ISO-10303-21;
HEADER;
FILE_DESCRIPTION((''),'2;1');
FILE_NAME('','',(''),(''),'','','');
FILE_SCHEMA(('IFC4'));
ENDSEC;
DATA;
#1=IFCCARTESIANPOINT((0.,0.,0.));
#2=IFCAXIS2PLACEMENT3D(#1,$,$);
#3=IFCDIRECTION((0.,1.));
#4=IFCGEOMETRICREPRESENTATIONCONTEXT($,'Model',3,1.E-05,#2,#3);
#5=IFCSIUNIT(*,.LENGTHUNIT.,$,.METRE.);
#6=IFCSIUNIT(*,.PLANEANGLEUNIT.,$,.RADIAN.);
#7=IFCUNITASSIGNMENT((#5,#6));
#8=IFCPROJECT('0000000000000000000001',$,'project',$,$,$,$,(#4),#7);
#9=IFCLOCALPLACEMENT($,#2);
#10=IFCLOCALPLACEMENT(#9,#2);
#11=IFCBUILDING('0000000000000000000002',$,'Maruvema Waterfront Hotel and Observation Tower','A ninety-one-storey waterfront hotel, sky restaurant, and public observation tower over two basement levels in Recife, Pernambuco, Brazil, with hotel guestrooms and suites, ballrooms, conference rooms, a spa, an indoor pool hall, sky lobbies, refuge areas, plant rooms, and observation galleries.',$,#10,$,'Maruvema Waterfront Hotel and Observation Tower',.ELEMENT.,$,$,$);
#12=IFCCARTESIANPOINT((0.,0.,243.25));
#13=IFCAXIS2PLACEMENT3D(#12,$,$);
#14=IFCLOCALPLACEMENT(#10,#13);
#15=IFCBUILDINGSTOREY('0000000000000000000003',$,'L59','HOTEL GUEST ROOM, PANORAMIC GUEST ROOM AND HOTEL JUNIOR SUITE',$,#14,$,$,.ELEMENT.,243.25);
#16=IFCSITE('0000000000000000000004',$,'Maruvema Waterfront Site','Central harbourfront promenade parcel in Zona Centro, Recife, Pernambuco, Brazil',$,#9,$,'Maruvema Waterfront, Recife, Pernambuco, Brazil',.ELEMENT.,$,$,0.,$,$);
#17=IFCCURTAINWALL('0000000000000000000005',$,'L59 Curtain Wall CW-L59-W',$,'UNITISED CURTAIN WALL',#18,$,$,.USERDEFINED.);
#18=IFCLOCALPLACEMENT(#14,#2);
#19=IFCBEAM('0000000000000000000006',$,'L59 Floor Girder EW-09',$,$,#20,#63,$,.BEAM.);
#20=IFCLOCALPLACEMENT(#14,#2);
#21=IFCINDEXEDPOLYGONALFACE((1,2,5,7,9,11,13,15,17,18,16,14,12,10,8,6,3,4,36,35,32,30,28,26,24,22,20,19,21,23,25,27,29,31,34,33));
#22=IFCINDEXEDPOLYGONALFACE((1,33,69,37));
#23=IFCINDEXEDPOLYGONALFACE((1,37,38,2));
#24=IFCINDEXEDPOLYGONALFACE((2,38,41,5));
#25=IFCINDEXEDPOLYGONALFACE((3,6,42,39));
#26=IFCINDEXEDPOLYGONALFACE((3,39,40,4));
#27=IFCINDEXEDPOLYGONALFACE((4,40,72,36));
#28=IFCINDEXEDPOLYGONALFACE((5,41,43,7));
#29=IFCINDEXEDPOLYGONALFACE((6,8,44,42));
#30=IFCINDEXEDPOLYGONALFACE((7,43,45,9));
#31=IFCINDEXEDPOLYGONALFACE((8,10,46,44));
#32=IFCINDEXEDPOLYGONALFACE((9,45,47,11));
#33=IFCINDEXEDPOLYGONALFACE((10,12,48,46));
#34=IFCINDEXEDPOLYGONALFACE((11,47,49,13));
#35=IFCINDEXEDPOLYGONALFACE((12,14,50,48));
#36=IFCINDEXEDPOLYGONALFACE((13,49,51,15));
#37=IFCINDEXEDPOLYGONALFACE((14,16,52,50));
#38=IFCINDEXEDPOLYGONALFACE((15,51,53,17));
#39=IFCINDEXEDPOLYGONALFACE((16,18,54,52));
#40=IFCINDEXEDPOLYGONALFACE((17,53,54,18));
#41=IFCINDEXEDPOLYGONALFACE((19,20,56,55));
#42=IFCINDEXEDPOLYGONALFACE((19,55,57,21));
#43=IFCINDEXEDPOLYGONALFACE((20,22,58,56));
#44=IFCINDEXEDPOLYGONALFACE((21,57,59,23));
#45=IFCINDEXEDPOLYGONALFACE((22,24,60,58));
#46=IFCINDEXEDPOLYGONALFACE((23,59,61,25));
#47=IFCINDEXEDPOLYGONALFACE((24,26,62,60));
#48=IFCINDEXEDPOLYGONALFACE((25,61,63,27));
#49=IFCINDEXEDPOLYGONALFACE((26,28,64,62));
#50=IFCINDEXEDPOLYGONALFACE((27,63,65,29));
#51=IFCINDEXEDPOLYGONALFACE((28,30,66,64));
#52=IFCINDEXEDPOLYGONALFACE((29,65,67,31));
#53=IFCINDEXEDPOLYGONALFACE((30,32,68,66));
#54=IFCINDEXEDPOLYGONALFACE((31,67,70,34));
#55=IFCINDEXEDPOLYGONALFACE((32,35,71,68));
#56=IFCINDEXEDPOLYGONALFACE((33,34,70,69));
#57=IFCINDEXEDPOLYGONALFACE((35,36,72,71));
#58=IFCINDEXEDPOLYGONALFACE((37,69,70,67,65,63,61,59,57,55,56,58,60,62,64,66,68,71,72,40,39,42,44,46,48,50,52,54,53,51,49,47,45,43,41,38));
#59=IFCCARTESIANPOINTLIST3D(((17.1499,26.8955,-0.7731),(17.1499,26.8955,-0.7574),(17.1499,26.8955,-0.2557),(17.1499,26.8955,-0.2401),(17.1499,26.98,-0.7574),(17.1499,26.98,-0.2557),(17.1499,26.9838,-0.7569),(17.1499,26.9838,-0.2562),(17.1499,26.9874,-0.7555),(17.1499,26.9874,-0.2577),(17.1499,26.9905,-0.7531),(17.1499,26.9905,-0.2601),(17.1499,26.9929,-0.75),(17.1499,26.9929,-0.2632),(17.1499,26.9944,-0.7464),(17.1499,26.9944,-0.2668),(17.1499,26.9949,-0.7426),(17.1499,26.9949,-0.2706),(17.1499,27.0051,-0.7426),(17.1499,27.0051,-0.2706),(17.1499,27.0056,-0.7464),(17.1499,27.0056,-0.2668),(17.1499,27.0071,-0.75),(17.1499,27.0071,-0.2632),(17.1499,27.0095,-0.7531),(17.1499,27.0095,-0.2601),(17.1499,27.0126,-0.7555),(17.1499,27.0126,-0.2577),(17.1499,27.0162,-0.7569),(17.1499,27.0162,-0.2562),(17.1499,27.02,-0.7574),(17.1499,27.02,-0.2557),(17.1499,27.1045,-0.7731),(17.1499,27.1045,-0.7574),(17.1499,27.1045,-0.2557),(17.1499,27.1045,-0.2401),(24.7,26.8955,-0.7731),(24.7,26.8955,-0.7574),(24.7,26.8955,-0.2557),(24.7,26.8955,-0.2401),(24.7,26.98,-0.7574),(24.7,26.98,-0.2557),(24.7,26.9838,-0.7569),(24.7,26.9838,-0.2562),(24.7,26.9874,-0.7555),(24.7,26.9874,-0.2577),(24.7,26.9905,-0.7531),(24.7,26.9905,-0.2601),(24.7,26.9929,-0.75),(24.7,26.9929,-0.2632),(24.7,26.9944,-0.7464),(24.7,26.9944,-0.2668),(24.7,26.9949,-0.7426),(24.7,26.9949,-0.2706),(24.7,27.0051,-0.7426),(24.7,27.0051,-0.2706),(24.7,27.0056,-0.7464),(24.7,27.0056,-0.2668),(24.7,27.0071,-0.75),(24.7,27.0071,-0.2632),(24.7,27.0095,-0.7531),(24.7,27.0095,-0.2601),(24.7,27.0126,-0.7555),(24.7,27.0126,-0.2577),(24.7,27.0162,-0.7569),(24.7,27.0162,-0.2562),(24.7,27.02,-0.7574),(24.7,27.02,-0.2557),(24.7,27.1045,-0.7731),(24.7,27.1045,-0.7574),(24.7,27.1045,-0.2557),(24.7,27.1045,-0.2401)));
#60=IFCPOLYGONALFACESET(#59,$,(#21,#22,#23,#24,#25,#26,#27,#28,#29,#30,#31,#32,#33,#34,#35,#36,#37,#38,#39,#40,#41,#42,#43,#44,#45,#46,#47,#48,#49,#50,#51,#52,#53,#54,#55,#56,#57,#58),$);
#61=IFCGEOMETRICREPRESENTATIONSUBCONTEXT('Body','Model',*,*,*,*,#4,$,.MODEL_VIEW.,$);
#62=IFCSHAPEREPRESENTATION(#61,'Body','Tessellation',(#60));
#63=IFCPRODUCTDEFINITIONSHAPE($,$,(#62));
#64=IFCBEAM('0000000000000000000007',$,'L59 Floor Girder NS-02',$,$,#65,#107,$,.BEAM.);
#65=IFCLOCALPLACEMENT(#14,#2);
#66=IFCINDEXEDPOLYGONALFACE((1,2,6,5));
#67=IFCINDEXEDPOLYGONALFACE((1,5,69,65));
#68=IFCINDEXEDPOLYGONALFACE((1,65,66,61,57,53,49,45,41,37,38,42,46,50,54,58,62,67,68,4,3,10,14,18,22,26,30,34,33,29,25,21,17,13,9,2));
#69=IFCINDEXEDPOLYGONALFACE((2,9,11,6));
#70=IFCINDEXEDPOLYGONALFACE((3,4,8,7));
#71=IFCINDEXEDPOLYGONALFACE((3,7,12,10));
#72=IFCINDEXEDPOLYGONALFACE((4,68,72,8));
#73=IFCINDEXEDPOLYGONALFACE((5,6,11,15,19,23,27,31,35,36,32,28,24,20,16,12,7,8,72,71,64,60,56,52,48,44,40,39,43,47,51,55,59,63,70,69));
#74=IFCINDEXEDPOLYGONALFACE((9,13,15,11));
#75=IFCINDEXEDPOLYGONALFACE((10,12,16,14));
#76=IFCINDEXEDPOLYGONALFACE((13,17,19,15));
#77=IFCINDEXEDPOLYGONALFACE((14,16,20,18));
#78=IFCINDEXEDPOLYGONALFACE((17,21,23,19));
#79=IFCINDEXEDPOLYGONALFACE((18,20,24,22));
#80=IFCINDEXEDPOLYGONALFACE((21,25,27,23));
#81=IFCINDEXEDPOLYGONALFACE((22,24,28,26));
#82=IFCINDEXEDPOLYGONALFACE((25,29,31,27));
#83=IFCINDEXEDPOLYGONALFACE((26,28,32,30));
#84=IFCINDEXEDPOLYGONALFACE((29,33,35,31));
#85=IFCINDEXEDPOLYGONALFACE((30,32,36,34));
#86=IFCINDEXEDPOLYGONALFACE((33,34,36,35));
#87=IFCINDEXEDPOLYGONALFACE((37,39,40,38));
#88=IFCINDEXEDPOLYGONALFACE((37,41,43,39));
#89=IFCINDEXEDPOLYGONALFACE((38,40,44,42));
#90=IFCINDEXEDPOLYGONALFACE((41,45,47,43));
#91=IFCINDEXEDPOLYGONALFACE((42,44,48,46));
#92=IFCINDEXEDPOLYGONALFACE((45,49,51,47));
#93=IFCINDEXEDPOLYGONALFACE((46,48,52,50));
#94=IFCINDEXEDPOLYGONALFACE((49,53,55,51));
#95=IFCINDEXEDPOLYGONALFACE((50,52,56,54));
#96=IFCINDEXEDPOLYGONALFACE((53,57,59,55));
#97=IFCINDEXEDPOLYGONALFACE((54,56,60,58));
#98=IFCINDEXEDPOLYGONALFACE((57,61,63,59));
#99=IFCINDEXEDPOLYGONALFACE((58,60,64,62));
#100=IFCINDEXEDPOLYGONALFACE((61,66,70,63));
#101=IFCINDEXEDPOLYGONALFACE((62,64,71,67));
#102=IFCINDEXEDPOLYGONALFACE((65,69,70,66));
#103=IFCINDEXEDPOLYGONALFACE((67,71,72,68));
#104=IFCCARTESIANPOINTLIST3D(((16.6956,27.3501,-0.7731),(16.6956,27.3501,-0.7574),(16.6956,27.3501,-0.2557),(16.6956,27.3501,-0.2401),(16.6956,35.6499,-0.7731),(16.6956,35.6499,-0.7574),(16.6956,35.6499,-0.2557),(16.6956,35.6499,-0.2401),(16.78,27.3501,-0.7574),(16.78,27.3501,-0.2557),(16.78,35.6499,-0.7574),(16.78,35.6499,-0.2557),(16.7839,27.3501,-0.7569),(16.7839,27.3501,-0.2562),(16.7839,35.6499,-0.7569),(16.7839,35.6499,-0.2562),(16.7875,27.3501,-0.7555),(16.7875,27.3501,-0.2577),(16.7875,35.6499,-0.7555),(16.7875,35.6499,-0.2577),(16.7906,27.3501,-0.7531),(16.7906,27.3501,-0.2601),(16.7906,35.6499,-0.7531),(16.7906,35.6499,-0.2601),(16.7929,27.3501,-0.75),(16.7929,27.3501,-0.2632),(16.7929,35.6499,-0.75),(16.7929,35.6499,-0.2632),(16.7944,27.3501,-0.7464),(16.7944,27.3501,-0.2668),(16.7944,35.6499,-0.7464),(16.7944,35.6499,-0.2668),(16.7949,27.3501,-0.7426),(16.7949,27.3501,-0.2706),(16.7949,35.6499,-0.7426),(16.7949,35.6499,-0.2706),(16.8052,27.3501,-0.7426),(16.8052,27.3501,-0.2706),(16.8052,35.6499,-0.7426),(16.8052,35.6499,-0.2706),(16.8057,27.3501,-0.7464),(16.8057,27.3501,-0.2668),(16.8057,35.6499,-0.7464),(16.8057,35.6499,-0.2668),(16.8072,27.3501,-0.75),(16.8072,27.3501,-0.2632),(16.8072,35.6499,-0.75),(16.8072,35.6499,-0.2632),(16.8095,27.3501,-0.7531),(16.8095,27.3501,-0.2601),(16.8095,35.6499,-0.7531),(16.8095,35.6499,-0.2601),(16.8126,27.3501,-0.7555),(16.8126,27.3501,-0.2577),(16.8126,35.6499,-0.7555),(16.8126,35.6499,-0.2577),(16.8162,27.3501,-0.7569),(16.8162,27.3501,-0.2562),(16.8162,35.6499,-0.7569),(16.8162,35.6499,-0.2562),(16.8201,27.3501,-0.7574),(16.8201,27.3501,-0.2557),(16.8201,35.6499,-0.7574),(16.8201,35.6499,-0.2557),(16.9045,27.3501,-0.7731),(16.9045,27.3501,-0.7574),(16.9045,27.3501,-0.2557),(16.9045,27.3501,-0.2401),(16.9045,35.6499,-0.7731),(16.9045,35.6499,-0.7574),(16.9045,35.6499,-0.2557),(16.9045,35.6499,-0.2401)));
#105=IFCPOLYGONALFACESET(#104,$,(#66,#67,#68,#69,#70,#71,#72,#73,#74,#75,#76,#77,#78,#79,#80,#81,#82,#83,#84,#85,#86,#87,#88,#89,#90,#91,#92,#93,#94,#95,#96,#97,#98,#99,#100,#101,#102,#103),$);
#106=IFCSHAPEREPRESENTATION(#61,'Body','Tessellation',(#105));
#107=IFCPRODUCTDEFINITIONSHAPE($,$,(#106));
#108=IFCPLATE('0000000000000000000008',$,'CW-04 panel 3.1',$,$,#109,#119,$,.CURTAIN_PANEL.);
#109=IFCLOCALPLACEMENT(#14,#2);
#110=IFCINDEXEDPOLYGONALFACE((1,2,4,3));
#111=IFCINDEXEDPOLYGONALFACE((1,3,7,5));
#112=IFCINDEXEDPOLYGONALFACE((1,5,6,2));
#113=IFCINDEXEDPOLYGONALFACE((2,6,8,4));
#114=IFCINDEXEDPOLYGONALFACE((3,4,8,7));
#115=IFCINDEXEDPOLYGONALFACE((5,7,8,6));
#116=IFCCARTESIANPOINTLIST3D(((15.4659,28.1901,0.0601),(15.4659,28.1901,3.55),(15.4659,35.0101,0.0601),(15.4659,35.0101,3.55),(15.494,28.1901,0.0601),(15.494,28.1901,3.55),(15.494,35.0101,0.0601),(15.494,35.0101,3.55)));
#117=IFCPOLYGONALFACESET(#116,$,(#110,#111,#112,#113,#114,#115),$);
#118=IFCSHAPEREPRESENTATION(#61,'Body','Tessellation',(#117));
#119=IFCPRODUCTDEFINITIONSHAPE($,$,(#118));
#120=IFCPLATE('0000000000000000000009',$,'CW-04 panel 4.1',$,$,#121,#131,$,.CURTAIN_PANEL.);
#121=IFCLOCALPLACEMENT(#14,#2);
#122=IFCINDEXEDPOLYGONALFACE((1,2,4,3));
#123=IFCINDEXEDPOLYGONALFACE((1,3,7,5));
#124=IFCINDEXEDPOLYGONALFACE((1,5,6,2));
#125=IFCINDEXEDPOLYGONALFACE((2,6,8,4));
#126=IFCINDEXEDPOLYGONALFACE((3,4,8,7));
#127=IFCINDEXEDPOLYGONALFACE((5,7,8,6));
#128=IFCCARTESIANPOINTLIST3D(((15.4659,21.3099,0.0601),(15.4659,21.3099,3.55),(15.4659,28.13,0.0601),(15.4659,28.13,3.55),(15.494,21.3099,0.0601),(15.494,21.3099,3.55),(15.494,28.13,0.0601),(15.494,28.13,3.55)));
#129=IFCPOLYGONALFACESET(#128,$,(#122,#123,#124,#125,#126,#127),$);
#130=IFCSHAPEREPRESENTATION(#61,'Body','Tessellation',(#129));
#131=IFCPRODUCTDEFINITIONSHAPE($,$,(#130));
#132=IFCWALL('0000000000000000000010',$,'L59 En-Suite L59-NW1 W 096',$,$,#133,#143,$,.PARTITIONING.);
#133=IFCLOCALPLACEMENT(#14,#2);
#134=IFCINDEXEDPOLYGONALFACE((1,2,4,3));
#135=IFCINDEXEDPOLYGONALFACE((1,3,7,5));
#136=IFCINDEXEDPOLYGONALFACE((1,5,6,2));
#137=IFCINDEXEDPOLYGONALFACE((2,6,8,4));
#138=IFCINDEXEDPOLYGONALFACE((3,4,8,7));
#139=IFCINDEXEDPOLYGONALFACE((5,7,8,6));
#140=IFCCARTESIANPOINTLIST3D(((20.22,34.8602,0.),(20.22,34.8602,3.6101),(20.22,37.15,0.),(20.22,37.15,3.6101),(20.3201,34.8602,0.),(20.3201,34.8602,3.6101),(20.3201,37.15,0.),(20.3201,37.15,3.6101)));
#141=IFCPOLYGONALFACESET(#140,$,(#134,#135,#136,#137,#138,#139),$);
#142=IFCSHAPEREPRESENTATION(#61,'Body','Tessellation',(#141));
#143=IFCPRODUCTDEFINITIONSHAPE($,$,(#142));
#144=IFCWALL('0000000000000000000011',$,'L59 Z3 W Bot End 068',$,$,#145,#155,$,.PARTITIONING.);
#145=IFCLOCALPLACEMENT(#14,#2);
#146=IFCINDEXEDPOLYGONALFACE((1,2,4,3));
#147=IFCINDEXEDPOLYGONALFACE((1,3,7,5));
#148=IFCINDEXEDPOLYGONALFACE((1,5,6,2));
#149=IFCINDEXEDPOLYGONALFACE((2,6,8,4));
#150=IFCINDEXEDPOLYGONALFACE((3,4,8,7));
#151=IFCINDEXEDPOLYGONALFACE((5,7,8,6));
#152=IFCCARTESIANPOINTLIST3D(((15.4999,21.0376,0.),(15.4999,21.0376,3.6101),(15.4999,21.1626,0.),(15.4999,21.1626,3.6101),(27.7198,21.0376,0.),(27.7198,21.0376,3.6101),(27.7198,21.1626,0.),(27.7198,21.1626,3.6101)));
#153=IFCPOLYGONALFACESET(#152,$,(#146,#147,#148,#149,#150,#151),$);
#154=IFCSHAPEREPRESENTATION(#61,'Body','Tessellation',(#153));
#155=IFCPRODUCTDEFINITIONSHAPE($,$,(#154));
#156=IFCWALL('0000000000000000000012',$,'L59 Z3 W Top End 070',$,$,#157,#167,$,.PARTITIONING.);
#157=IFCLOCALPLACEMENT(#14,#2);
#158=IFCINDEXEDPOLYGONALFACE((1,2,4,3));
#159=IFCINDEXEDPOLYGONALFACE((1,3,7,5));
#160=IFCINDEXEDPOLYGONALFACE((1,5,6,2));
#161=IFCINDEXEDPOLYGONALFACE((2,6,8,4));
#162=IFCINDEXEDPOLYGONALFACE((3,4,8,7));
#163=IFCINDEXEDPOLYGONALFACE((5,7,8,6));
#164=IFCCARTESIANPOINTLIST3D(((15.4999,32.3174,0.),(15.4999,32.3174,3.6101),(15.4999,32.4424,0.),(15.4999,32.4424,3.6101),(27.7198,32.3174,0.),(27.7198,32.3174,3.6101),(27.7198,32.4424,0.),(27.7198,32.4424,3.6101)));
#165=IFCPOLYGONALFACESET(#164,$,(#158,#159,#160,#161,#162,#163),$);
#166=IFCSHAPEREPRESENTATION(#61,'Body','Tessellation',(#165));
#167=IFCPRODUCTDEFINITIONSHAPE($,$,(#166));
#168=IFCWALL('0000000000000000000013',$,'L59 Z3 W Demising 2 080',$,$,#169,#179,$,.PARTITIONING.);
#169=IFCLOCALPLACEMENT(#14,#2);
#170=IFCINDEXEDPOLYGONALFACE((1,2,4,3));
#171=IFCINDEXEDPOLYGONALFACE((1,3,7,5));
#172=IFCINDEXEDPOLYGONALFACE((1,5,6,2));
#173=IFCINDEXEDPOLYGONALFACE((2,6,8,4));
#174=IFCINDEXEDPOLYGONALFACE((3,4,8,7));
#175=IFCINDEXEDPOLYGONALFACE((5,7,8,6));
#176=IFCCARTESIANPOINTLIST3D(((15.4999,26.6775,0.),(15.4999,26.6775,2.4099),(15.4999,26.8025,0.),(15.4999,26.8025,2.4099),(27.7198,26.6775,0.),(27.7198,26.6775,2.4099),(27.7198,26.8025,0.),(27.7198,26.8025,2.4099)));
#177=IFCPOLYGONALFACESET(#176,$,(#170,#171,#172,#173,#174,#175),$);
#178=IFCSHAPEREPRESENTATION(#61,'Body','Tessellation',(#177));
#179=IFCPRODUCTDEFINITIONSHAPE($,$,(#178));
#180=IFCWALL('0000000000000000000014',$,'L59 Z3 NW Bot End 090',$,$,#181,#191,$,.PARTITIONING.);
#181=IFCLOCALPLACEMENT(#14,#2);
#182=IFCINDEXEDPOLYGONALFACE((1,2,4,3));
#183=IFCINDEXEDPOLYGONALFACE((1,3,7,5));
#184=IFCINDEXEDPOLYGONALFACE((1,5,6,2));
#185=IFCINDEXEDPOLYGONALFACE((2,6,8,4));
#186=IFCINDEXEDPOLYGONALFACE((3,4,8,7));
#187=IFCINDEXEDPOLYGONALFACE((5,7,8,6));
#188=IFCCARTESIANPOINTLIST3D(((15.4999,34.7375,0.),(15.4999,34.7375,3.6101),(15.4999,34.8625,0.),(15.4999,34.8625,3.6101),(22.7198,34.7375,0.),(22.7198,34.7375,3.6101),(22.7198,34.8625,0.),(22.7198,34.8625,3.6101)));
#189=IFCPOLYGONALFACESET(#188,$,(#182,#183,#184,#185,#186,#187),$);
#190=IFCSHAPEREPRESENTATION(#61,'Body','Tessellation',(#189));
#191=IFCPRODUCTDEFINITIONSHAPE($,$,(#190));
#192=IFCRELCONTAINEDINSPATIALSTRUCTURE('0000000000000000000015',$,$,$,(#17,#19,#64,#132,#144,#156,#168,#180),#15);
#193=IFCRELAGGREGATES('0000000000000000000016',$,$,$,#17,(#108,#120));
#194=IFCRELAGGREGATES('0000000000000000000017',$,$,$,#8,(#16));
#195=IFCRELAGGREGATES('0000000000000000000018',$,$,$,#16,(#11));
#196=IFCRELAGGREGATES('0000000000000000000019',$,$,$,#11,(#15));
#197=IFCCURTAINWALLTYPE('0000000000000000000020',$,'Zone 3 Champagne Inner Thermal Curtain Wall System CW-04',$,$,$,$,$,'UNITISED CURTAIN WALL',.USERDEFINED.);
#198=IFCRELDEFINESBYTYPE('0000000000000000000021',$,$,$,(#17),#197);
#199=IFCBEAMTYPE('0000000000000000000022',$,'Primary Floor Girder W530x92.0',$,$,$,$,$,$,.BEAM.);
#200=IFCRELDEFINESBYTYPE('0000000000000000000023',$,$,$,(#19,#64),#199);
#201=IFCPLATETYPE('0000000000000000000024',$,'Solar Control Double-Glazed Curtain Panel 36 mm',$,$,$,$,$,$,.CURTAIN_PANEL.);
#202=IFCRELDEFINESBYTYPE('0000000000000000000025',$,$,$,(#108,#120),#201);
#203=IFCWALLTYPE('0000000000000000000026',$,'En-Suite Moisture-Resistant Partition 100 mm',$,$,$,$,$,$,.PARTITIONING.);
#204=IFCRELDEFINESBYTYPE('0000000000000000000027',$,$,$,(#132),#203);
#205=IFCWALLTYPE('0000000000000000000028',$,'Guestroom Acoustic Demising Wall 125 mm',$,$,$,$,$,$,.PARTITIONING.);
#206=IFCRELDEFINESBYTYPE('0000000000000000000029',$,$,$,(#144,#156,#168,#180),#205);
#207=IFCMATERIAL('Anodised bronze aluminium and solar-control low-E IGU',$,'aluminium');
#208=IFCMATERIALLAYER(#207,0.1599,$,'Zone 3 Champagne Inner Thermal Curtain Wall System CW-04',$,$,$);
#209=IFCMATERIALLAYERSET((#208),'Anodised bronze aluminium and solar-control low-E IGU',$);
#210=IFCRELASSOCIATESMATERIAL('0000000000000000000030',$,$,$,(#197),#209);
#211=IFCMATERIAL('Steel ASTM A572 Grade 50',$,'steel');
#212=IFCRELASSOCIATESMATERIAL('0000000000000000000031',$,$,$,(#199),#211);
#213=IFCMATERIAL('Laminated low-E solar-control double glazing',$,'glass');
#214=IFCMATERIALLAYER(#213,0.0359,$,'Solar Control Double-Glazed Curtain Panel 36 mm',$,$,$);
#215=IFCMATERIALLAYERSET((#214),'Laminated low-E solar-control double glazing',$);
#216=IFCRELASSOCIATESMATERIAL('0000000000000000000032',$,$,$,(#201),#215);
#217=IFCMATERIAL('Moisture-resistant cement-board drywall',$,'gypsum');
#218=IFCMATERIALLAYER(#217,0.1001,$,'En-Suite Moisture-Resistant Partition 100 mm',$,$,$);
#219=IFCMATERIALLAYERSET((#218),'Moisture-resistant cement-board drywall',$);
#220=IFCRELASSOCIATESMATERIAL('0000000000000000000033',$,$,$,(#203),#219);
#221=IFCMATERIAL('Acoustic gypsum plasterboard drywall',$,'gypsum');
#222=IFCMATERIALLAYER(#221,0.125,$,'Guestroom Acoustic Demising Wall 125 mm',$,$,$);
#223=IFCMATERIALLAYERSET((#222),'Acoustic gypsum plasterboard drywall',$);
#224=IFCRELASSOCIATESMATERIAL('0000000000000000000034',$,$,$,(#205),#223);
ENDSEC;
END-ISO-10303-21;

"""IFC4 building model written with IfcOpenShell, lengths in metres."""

from ifc_helpers import new_model, si_unit, direction, frame, frame_2d, origin, origin_2d, place, context, subcontext, project, spatial, rectangle, i_section, extrude, material, layer, layer_set, material_profile, profile_set, type_object, element, aggregate, save


model = new_model("IFC4")

# Units and contexts
model_context = context("Model", 3, precision=1e-05, world=origin(), true_north=direction((0.0, 1.0)))
body_context = subcontext(model_context, "Body", "Model", "MODEL_VIEW")
ifc_project = project(units=[si_unit("LENGTHUNIT", "METRE"), si_unit("PLANEANGLEUNIT", "RADIAN")], contexts=[model_context])

# Site, building, storey
site_placement = place(None, origin())
site = spatial("IfcSite", under=ifc_project, at=site_placement, Name="Maruvema Waterfront Site", Description="Central harbourfront promenade parcel in Zona Centro, Recife, Pernambuco, Brazil", LongName="Maruvema Waterfront, Recife, Pernambuco, Brazil", CompositionType="ELEMENT", RefElevation=0.0)
building_placement = place(site_placement, origin())
building = spatial("IfcBuilding", under=site, at=building_placement, Name="Maruvema Waterfront Hotel and Observation Tower", Description="A ninety-one-storey waterfront hotel, sky restaurant, and public observation tower over two basement levels in Recife, Pernambuco, Brazil, with hotel guestrooms and suites, ballrooms, conference rooms, a spa, an indoor pool hall, sky lobbies, refuge areas, plant rooms, and observation galleries.", LongName="Maruvema Waterfront Hotel and Observation Tower", CompositionType="ELEMENT")
storey_placement = place(building_placement, frame((0.0, 0.0, 243.25)))
storey = spatial("IfcBuildingStorey", under=building, at=storey_placement, Name="L59", Description="HOTEL GUEST ROOM, PANORAMIC GUEST ROOM AND HOTEL JUNIOR SUITE", CompositionType="ELEMENT", Elevation=243.25)

# Curtain wall
ifc_material_1 = material(Name="Anodised bronze aluminium and solar-control low-E IGU", Category="aluminium")
ifc_layer_1 = layer(ifc_material_1, 0.1599, Name="Zone 3 Champagne Inner Thermal Curtain Wall System CW-04")
ifc_layer_set_1 = layer_set([ifc_layer_1], Name="Anodised bronze aluminium and solar-control low-E IGU")
curtain_wall_type = type_object("IfcCurtainWallType", Name="Zone 3 Champagne Inner Thermal Curtain Wall System CW-04", ElementType="UNITISED CURTAIN WALL", PredefinedType="USERDEFINED", material=ifc_layer_set_1)
curtain_wall_placement = place(storey_placement, origin())
curtain_wall = element("IfcCurtainWall", 1, at=curtain_wall_placement, inside=storey, type_object=curtain_wall_type, Name="L59 Curtain Wall CW-L59-W", ObjectType="UNITISED CURTAIN WALL", PredefinedType="USERDEFINED")

# Beams
ifc_material_2 = material(Name="Steel ASTM A572 Grade 50", Category="steel")
ifc_material_profile_1 = material_profile(ifc_material_2, i_section(OverallWidth=0.209, OverallDepth=0.533, WebThickness=0.0103, FlangeThickness=0.0156, FilletRadius=0.0149, at=origin_2d()), Name="W530x92.0")
ifc_profile_set_1 = profile_set([ifc_material_profile_1], Name="Steel ASTM A572 Grade 50")
beam_type = type_object("IfcBeamType", Name="Primary Floor Girder W530x92.0", PredefinedType="BEAM", material=ifc_profile_set_1)
beam_1_placement = place(storey_placement, frame((17.1499, 27.0, -0.5066), z_axis=(1.0, 0.0, 0.0), x_axis=(0.0, 1.0, 0.0)))
element("IfcBeam", 2, at=beam_1_placement, inside=storey, type_object=beam_type, Name="L59 Floor Girder EW-09", PredefinedType="BEAM", context=body_context, shape_type="SweptSolid", body=[
    extrude(i_section(OverallWidth=0.209, OverallDepth=0.533, WebThickness=0.0103, FlangeThickness=0.0156, FilletRadius=0.0149, at=origin_2d()), origin(), (0.0, 0.0, 1.0), 7.55),
])
beam_2_placement = place(storey_placement, frame((16.8, 27.3501, -0.5066), z_axis=(0.0, 1.0, 0.0), x_axis=(-1.0, 0.0, 0.0)))
element("IfcBeam", 3, at=beam_2_placement, inside=storey, type_object=beam_type, Name="L59 Floor Girder NS-02", PredefinedType="BEAM", context=body_context, shape_type="SweptSolid", body=[
    extrude(i_section(OverallWidth=0.209, OverallDepth=0.533, WebThickness=0.0103, FlangeThickness=0.0156, FilletRadius=0.0149, at=origin_2d()), origin(), (0.0, 0.0, 1.0), 8.2998),
])

# Plates
ifc_material_3 = material(Name="Laminated low-E solar-control double glazing", Category="glass")
ifc_layer_2 = layer(ifc_material_3, 0.0359, Name="Solar Control Double-Glazed Curtain Panel 36 mm")
ifc_layer_set_2 = layer_set([ifc_layer_2], Name="Laminated low-E solar-control double glazing")
plate_type = type_object("IfcPlateType", Name="Solar Control Double-Glazed Curtain Panel 36 mm", PredefinedType="CURTAIN_PANEL", material=ifc_layer_set_2)
plate_1_placement = place(storey_placement, frame((15.48, 31.6001, 0.0601), z_axis=(0.0, 0.0, 1.0), x_axis=(0.0, -1.0, 0.0)))
plate_1 = element("IfcPlate", 4, at=plate_1_placement, type_object=plate_type, Name="CW-04 panel 3.1", PredefinedType="CURTAIN_PANEL", context=body_context, shape_type="SweptSolid", body=[
    extrude(rectangle(XDim=6.8201, YDim=0.0281, at=origin_2d()), origin(), (0.0, 0.0, 1.0), 3.49),
])
plate_2_placement = place(storey_placement, frame((15.48, 24.72, 0.0601), z_axis=(0.0, 0.0, 1.0), x_axis=(0.0, -1.0, 0.0)))
plate_2 = element("IfcPlate", 5, at=plate_2_placement, type_object=plate_type, Name="CW-04 panel 4.1", PredefinedType="CURTAIN_PANEL", context=body_context, shape_type="SweptSolid", body=[
    extrude(rectangle(XDim=6.8201, YDim=0.0281, at=origin_2d()), origin(), (0.0, 0.0, 1.0), 3.49),
])
aggregate(curtain_wall, [plate_1, plate_2])

# Walls
ifc_material_4 = material(Name="Moisture-resistant cement-board drywall", Category="gypsum")
ifc_layer_3 = layer(ifc_material_4, 0.1001, Name="En-Suite Moisture-Resistant Partition 100 mm")
ifc_layer_set_3 = layer_set([ifc_layer_3], Name="Moisture-resistant cement-board drywall")
wall_type_1 = type_object("IfcWallType", Name="En-Suite Moisture-Resistant Partition 100 mm", PredefinedType="PARTITIONING", material=ifc_layer_set_3)
wall_1_placement = place(storey_placement, frame((20.27, 34.8601, 0.0), z_axis=(0.0, 0.0, 1.0), x_axis=(0.0, 1.0, 0.0)))
element("IfcWall", 6, at=wall_1_placement, inside=storey, type_object=wall_type_1, Name="L59 En-Suite L59-NW1 W 096", PredefinedType="PARTITIONING", context=body_context, shape_type="SweptSolid", body=[
    extrude(rectangle(XDim=2.2898, YDim=0.1001, at=frame_2d((1.145, 0.0))), origin(), (0.0, 0.0, 1.0), 3.6101),
])
ifc_material_5 = material(Name="Acoustic gypsum plasterboard drywall", Category="gypsum")
ifc_layer_4 = layer(ifc_material_5, 0.125, Name="Guestroom Acoustic Demising Wall 125 mm")
ifc_layer_set_4 = layer_set([ifc_layer_4], Name="Acoustic gypsum plasterboard drywall")
wall_type_2 = type_object("IfcWallType", Name="Guestroom Acoustic Demising Wall 125 mm", PredefinedType="PARTITIONING", material=ifc_layer_set_4)
for number, where, z_axis, x_axis, name in (
    (7, (15.5, 21.1001, 0.0), (0.0, 0.0, 1.0), (1.0, 0.0, 0.0), "L59 Z3 W Bot End 068"),
    (8, (15.5, 32.3799, 0.0), (0.0, 0.0, 1.0), (1.0, 0.0, 0.0), "L59 Z3 W Top End 070"),
):
    element("IfcWall", number, at=place(storey_placement, frame(where, z_axis=z_axis, x_axis=x_axis)), inside=storey, type_object=wall_type_2, Name=name, PredefinedType="PARTITIONING", context=body_context, shape_type="SweptSolid", body=[
        extrude(rectangle(XDim=12.22, YDim=0.125, at=frame_2d((6.1099, 0.0))), origin(), (0.0, 0.0, 1.0), 3.6101),
    ])
wall_2_placement = place(storey_placement, frame((15.5, 26.74, 0.0), z_axis=(0.0, 0.0, 1.0), x_axis=(1.0, 0.0, 0.0)))
element("IfcWall", 9, at=wall_2_placement, inside=storey, type_object=wall_type_2, Name="L59 Z3 W Demising 2 080", PredefinedType="PARTITIONING", context=body_context, shape_type="SweptSolid", body=[
    extrude(rectangle(XDim=12.22, YDim=0.125, at=frame_2d((6.1099, 0.0))), origin(), (0.0, 0.0, 1.0), 2.4099),
])
wall_3_placement = place(storey_placement, frame((15.5, 34.8, 0.0), z_axis=(0.0, 0.0, 1.0), x_axis=(1.0, 0.0, 0.0)))
element("IfcWall", 10, at=wall_3_placement, inside=storey, type_object=wall_type_2, Name="L59 Z3 NW Bot End 090", PredefinedType="PARTITIONING", context=body_context, shape_type="SweptSolid", body=[
    extrude(rectangle(XDim=7.22, YDim=0.125, at=frame_2d((3.6099, 0.0))), origin(), (0.0, 0.0, 1.0), 3.6101),
])

save(model, "model.ifc")
